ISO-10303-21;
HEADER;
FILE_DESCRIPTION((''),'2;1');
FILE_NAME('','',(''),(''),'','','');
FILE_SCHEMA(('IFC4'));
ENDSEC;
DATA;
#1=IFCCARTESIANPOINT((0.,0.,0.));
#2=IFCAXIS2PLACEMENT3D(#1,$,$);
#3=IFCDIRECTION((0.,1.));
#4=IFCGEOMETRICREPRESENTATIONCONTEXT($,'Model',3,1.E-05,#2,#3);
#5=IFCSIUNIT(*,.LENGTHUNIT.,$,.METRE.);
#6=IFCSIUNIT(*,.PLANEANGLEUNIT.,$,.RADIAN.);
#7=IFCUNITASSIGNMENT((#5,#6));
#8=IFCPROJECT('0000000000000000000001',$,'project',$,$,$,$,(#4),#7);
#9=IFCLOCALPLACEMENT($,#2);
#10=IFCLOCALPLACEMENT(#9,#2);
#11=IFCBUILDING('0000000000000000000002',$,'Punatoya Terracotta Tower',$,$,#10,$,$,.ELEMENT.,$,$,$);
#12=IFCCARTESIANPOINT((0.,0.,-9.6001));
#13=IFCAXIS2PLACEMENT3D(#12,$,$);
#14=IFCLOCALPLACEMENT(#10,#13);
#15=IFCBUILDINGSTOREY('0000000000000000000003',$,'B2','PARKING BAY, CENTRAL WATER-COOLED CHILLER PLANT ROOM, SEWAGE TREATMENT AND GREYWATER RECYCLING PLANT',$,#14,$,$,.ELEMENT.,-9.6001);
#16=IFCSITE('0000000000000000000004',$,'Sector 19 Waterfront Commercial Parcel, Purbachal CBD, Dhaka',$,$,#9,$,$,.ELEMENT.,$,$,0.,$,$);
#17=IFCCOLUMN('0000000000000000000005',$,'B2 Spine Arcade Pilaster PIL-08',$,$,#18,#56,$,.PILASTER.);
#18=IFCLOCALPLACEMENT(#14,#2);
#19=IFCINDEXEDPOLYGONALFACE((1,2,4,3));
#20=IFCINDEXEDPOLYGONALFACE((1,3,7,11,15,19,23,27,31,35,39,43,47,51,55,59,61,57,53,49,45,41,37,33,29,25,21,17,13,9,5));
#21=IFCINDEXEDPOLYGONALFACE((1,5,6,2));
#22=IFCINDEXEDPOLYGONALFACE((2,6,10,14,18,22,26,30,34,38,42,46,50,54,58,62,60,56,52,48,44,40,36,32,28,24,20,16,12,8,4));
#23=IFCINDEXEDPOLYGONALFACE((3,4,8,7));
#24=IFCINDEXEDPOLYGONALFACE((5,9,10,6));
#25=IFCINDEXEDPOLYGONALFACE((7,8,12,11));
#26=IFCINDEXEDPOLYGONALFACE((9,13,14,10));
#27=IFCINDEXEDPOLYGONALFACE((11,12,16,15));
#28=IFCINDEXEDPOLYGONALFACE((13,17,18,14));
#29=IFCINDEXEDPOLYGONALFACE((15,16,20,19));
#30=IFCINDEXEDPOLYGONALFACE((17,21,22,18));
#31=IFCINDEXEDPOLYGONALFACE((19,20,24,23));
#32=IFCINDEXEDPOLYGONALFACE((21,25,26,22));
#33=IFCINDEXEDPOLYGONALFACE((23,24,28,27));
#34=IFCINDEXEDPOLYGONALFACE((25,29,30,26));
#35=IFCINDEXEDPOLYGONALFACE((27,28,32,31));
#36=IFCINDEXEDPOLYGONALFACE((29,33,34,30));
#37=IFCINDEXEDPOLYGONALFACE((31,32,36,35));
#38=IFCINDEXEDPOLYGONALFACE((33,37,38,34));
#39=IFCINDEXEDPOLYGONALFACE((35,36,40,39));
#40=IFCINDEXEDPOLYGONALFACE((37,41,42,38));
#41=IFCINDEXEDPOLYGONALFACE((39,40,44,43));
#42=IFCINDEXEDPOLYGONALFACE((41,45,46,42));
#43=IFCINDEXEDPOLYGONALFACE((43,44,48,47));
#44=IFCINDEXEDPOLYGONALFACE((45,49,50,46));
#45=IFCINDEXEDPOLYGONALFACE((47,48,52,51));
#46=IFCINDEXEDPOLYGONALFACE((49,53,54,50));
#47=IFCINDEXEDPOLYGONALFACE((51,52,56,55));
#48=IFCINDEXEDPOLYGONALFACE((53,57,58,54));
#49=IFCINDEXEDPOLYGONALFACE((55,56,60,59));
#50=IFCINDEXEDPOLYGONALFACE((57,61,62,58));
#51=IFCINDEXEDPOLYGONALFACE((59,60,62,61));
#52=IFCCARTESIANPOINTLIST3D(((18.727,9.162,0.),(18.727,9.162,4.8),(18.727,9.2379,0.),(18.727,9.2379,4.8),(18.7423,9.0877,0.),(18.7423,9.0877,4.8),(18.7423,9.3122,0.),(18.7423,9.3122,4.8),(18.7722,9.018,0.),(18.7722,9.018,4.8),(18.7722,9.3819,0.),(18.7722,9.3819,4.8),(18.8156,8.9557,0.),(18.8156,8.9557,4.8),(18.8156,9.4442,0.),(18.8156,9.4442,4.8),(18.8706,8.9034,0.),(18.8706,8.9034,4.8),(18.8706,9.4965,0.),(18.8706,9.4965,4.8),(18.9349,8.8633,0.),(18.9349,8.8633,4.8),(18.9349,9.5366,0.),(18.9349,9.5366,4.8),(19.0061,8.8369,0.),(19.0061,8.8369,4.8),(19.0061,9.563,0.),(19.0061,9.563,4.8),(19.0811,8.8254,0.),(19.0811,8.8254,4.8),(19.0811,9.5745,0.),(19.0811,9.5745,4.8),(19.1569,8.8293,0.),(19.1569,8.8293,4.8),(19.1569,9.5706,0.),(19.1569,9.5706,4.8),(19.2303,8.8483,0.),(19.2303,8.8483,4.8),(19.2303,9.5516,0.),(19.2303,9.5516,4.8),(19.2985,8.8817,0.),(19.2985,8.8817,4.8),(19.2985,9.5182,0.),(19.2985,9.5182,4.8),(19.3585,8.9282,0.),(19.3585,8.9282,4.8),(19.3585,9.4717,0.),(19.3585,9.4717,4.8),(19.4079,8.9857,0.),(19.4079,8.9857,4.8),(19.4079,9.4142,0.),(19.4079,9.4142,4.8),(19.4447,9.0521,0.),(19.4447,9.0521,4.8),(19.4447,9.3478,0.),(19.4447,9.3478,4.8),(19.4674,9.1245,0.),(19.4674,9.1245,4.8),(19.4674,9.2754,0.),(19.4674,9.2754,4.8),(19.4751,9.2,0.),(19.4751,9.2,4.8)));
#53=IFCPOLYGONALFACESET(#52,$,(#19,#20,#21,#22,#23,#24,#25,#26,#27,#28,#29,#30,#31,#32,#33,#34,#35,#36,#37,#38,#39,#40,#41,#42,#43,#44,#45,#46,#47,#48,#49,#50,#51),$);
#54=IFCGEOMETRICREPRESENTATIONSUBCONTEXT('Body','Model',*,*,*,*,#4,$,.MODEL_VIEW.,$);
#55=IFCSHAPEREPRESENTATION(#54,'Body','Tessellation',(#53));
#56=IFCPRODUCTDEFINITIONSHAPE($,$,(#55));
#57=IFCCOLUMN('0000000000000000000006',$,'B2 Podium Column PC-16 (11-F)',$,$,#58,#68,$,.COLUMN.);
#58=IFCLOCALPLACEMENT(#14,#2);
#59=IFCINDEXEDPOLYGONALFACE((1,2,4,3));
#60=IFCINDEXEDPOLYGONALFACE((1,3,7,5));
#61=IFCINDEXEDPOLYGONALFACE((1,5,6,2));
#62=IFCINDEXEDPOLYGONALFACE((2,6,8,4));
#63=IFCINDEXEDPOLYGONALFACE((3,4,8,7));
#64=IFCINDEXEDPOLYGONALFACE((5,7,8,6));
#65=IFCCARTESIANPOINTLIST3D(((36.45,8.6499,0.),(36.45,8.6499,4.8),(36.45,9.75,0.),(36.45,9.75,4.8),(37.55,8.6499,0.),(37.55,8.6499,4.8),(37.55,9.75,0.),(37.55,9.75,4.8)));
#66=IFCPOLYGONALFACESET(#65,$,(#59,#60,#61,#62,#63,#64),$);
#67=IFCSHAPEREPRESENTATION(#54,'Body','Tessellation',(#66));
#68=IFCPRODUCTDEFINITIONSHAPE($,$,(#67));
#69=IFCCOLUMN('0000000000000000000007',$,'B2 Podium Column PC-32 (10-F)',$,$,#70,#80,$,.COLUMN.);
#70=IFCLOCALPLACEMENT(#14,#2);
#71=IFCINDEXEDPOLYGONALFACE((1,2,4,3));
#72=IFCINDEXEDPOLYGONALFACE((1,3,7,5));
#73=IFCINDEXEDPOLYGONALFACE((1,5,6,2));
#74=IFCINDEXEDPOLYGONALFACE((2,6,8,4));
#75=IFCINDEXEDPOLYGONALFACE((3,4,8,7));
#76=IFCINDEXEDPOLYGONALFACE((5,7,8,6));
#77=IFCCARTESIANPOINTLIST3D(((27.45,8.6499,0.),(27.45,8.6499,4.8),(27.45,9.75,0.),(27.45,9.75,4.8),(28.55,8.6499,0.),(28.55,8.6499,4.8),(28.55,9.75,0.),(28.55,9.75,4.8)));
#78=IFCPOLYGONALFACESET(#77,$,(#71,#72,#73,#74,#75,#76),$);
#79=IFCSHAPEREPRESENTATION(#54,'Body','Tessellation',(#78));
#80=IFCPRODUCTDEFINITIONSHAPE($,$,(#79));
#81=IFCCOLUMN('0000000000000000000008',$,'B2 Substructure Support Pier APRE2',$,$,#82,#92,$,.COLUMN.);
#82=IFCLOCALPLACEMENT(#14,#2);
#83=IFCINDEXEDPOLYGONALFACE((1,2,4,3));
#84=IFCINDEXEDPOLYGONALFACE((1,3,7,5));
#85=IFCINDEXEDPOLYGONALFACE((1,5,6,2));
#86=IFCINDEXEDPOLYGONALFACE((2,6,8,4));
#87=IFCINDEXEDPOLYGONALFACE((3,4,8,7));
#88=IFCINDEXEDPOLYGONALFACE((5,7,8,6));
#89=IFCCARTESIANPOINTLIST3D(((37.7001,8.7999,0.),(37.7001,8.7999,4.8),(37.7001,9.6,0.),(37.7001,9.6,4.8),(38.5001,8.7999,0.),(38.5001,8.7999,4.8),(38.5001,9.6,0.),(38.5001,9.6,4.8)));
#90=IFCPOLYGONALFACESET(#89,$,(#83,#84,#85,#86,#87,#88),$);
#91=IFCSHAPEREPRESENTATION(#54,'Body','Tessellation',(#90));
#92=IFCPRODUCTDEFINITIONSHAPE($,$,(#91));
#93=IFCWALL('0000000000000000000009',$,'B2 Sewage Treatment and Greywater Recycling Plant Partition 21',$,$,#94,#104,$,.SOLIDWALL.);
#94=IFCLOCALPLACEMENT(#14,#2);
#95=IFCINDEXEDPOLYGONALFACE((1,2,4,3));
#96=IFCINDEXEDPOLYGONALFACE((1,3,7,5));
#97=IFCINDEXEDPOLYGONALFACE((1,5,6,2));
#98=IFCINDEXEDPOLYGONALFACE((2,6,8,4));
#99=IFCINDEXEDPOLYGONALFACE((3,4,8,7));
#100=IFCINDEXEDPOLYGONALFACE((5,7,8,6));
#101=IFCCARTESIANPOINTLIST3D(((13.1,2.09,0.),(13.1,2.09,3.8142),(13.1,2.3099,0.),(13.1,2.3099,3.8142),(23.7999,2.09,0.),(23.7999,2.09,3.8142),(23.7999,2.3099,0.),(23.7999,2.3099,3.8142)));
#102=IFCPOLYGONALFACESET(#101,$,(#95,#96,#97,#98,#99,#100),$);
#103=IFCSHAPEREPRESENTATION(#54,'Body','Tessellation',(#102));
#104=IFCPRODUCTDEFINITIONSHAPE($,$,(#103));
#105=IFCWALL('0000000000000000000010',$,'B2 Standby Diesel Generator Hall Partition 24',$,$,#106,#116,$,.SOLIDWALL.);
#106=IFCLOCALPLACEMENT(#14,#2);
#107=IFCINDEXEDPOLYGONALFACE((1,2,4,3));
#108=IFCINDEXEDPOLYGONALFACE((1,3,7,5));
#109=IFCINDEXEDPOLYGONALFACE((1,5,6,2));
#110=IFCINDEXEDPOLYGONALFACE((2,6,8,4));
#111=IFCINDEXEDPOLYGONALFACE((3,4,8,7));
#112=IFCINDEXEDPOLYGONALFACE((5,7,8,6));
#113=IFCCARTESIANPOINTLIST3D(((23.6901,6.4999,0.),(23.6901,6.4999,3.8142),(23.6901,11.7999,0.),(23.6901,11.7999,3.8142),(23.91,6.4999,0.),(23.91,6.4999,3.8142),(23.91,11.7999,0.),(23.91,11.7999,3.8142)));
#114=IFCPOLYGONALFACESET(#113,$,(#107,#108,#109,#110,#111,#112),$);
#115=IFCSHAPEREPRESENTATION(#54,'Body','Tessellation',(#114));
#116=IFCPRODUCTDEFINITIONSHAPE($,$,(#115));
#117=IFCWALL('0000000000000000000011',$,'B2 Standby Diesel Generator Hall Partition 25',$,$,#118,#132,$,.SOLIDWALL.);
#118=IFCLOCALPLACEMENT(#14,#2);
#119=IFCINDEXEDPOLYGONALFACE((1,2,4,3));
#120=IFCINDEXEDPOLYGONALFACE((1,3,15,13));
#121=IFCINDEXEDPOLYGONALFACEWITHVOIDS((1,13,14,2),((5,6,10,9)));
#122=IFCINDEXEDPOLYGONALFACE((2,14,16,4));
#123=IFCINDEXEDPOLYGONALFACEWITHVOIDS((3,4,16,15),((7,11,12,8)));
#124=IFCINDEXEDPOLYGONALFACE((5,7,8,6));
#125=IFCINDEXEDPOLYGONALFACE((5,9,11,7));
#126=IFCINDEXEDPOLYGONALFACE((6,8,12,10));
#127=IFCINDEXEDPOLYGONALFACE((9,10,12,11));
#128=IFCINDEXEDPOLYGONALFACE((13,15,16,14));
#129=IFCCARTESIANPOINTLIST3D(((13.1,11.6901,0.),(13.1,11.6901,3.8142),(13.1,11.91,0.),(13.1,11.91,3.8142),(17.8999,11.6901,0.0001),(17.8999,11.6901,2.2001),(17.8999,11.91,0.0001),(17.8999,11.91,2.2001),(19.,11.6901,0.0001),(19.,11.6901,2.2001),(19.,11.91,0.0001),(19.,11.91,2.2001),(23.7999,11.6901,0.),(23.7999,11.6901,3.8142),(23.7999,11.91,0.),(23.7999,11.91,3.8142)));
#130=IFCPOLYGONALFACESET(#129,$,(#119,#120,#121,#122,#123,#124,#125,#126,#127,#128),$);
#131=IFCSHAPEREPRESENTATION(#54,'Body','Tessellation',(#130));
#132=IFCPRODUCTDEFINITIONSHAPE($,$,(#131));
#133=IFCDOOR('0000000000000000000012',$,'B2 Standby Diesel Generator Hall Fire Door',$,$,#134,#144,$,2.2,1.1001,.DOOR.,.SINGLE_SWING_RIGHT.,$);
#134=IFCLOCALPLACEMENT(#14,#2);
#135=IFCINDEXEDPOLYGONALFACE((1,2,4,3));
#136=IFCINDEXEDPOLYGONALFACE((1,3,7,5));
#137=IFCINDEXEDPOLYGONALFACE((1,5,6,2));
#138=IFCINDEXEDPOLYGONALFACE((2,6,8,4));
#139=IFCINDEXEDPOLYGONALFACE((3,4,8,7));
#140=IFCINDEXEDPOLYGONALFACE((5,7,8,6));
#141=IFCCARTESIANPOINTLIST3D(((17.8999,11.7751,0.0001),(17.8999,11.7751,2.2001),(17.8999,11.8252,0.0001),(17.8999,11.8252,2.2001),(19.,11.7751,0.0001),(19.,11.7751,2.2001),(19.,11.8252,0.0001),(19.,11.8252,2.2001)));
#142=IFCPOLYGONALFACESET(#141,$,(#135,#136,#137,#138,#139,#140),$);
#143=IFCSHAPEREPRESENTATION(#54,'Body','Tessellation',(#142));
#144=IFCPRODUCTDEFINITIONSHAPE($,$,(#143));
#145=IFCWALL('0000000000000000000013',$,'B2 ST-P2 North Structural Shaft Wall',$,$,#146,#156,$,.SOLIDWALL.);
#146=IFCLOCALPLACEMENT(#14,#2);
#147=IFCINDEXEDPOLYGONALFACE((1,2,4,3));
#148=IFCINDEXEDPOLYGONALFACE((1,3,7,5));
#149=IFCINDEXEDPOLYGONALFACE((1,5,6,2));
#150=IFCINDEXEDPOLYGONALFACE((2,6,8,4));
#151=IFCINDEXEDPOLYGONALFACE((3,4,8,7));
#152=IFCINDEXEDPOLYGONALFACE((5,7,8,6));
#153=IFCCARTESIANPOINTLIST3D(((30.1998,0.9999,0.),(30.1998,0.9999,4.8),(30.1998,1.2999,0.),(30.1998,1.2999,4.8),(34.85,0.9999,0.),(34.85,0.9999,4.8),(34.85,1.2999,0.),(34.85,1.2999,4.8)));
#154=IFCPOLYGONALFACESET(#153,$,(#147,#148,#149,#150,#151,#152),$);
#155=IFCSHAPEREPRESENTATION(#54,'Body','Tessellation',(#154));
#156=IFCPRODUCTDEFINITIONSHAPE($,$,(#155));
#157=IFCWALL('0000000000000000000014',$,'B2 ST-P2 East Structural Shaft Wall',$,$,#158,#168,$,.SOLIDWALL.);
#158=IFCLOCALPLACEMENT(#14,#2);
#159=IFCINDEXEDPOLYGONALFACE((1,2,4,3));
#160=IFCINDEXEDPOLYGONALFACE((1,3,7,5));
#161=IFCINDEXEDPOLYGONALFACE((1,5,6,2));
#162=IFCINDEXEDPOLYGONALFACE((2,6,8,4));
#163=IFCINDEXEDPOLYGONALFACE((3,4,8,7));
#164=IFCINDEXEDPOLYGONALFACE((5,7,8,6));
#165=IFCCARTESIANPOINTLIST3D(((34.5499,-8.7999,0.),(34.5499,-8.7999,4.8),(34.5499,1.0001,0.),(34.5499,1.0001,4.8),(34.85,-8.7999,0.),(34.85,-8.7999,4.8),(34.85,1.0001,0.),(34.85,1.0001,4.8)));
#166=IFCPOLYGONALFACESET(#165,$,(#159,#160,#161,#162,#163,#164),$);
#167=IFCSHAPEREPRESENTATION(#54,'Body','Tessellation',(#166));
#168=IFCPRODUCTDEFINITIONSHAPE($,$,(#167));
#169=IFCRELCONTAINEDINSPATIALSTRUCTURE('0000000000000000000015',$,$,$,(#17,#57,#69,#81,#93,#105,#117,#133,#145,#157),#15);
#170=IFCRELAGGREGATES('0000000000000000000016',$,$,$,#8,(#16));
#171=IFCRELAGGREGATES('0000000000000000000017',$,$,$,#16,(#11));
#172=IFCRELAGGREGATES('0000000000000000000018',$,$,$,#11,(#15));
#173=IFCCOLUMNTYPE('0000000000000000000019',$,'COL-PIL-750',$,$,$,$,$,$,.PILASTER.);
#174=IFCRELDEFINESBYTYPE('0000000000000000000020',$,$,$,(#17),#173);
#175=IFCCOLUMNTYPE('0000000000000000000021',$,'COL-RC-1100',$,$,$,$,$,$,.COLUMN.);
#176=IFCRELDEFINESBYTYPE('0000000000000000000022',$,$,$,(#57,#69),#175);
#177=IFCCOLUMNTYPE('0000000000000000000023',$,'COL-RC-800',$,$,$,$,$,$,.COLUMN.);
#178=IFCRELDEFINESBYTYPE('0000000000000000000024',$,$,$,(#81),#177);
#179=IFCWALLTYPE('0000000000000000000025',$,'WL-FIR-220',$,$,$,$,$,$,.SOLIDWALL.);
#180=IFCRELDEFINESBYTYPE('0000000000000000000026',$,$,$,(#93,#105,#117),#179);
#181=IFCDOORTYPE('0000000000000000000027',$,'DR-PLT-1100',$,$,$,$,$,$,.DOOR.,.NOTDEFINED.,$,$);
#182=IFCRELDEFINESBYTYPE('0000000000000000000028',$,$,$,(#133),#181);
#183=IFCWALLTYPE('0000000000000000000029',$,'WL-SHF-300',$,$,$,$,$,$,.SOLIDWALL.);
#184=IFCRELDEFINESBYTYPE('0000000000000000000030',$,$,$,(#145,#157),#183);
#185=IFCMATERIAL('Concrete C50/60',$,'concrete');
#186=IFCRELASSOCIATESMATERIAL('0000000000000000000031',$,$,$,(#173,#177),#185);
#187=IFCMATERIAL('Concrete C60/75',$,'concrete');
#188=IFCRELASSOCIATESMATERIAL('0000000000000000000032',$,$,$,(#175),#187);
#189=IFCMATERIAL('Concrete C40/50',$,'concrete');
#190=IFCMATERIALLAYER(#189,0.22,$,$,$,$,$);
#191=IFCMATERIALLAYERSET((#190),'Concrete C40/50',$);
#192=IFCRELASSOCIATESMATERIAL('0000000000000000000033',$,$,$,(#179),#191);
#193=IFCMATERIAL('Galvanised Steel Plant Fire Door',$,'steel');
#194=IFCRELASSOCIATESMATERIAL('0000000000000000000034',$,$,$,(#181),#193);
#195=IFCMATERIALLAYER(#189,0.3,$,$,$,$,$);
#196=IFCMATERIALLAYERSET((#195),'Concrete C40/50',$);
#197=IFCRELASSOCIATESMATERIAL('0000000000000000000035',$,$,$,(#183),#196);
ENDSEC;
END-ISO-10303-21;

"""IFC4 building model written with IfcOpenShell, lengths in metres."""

from ifc_helpers import new_model, si_unit, direction, frame, frame_2d, origin, origin_2d, place, context, subcontext, project, spatial, rectangle, circle, extrude, material, layer, layer_set, material_profile, profile_set, type_object, element, fill, save


model = new_model("IFC4")

# Units and contexts
model_context = context("Model", 3, precision=1e-05, world=origin(), true_north=direction((0.0, 1.0)))
body_context = subcontext(model_context, "Body", "Model", "MODEL_VIEW")
ifc_project = project(units=[si_unit("LENGTHUNIT", "METRE"), si_unit("PLANEANGLEUNIT", "RADIAN")], contexts=[model_context])

# Site, building, storey
site_placement = place(None, origin())
site = spatial("IfcSite", under=ifc_project, at=site_placement, Name="Sector 19 Waterfront Commercial Parcel, Purbachal CBD, Dhaka", CompositionType="ELEMENT", RefElevation=0.0)
building_placement = place(site_placement, origin())
building = spatial("IfcBuilding", under=site, at=building_placement, Name="Punatoya Terracotta Tower", CompositionType="ELEMENT")
storey_placement = place(building_placement, frame((0.0, 0.0, -9.6001)))
storey = spatial("IfcBuildingStorey", under=building, at=storey_placement, Name="B2", Description="PARKING BAY, CENTRAL WATER-COOLED CHILLER PLANT ROOM, SEWAGE TREATMENT AND GREYWATER RECYCLING PLANT", CompositionType="ELEMENT", Elevation=-9.6001)

# Columns
ifc_material_1 = material(Name="Concrete C50/60", Category="concrete")
ifc_material_profile_1 = material_profile(ifc_material_1, circle(Radius=0.375, at=origin_2d()))
ifc_profile_set_1 = profile_set([ifc_material_profile_1], Name="Concrete C50/60")
column_type_1 = type_object("IfcColumnType", Name="COL-PIL-750", PredefinedType="PILASTER", material=ifc_profile_set_1)
column_1_placement = place(storey_placement, frame((19.1001, 9.2, 0.0), z_axis=(0.0, 0.0, 1.0), x_axis=(1.0, 0.0, 0.0)))
element("IfcColumn", 1, at=column_1_placement, inside=storey, type_object=column_type_1, Name="B2 Spine Arcade Pilaster PIL-08", PredefinedType="PILASTER", context=body_context, shape_type="SweptSolid", body=[
    extrude(circle(Radius=0.375, at=origin_2d()), origin(), (0.0, 0.0, 1.0), 4.8),
])
ifc_material_2 = material(Name="Concrete C60/75", Category="concrete")
ifc_material_profile_2 = material_profile(ifc_material_2, rectangle(XDim=1.1001, YDim=1.1001, at=origin_2d()))
ifc_profile_set_2 = profile_set([ifc_material_profile_2], Name="Concrete C60/75")
column_type_2 = type_object("IfcColumnType", Name="COL-RC-1100", PredefinedType="COLUMN", material=ifc_profile_set_2)
for number, where, z_axis, x_axis, name in (
    (2, (37.0, 9.2, 0.0), (0.0, 0.0, 1.0), (1.0, 0.0, 0.0), "B2 Podium Column PC-16 (11-F)"),
    (3, (28.0, 9.2, 0.0), (0.0, 0.0, 1.0), (1.0, 0.0, 0.0), "B2 Podium Column PC-32 (10-F)"),
):
    element("IfcColumn", number, at=place(storey_placement, frame(where, z_axis=z_axis, x_axis=x_axis)), inside=storey, type_object=column_type_2, Name=name, PredefinedType="COLUMN", context=body_context, shape_type="SweptSolid", body=[
        extrude(rectangle(XDim=1.1001, YDim=1.1001, at=origin_2d()), origin(), (0.0, 0.0, 1.0), 4.8),
    ])
ifc_material_profile_3 = material_profile(ifc_material_1, rectangle(XDim=0.8, YDim=0.8, at=origin_2d()))
ifc_profile_set_3 = profile_set([ifc_material_profile_3], Name="Concrete C50/60")
column_type_3 = type_object("IfcColumnType", Name="COL-RC-800", PredefinedType="COLUMN", material=ifc_profile_set_3)
column_2_placement = place(storey_placement, frame((38.1001, 9.2, 0.0), z_axis=(0.0, 0.0, 1.0), x_axis=(1.0, 0.0, 0.0)))
element("IfcColumn", 4, at=column_2_placement, inside=storey, type_object=column_type_3, Name="B2 Substructure Support Pier APRE2", PredefinedType="COLUMN", context=body_context, shape_type="SweptSolid", body=[
    extrude(rectangle(XDim=0.8, YDim=0.8, at=origin_2d()), origin(), (0.0, 0.0, 1.0), 4.8),
])

# Walls
ifc_material_3 = material(Name="Concrete C40/50", Category="concrete")
ifc_layer_1 = layer(ifc_material_3, 0.22)
ifc_layer_set_1 = layer_set([ifc_layer_1], Name="Concrete C40/50")
wall_type_1 = type_object("IfcWallType", Name="WL-FIR-220", PredefinedType="SOLIDWALL", material=ifc_layer_set_1)
wall_1_placement = place(storey_placement, frame((23.8, 2.2, 0.0), z_axis=(0.0, 0.0, 1.0), x_axis=(-1.0, 0.0, 0.0)))
element("IfcWall", 5, at=wall_1_placement, inside=storey, type_object=wall_type_1, Name="B2 Sewage Treatment and Greywater Recycling Plant Partition 21", PredefinedType="SOLIDWALL", context=body_context, shape_type="SweptSolid", body=[
    extrude(rectangle(XDim=10.7, YDim=0.22, at=frame_2d((5.3501, 0.0))), origin(), (0.0, 0.0, 1.0), 3.8142),
])
wall_2_placement = place(storey_placement, frame((23.8, 6.5, 0.0), z_axis=(0.0, 0.0, 1.0), x_axis=(0.0, 1.0, 0.0)))
element("IfcWall", 6, at=wall_2_placement, inside=storey, type_object=wall_type_1, Name="B2 Standby Diesel Generator Hall Partition 24", PredefinedType="SOLIDWALL", context=body_context, shape_type="SweptSolid", body=[
    extrude(rectangle(XDim=5.3, YDim=0.22, at=frame_2d((2.6499, 0.0))), origin(), (0.0, 0.0, 1.0), 3.8142),
])

# Wall, opening, door
wall_3_placement = place(storey_placement, frame((23.8, 11.8, 0.0), z_axis=(0.0, 0.0, 1.0), x_axis=(-1.0, 0.0, 0.0)))
wall_3 = element("IfcWall", 7, at=wall_3_placement, inside=storey, type_object=wall_type_1, Name="B2 Standby Diesel Generator Hall Partition 25", PredefinedType="SOLIDWALL", context=body_context, shape_type="SweptSolid", body=[
    extrude(rectangle(XDim=10.7, YDim=0.22, at=frame_2d((5.3501, 0.0))), origin(), (0.0, 0.0, 1.0), 3.8142),
])
opening_placement = place(wall_3_placement, frame((4.8, 0.0, 0.0)))
opening = element("IfcOpeningElement", 8, at=opening_placement, cuts=wall_3, PredefinedType="OPENING", context=body_context, shape_type="SweptSolid", body=[
    extrude(rectangle(XDim=1.1001, YDim=2.2, at=frame_2d((0.55, 1.1001))), frame((0.0, 0.1199, 0.0), z_axis=(0.0, -1.0, 0.0), x_axis=(1.0, 0.0, 0.0)), (0.0, 0.0, 1.0), 0.24),
])
ifc_material_4 = material(Name="Galvanised Steel Plant Fire Door", Category="steel")
door_type = type_object("IfcDoorType", Name="DR-PLT-1100", OperationType="NOTDEFINED", PredefinedType="DOOR", material=ifc_material_4)
door_placement = place(opening_placement, origin())
door = element("IfcDoor", 9, at=door_placement, inside=storey, type_object=door_type, Name="B2 Standby Diesel Generator Hall Fire Door", OperationType="SINGLE_SWING_RIGHT", OverallHeight=2.2, OverallWidth=1.1001, PredefinedType="DOOR", context=body_context, shape_type="SweptSolid", body=[
    extrude(rectangle(XDim=1.1001, YDim=2.2, at=frame_2d((0.55, 1.1001))), frame((0.0, 0.0249, 0.0), z_axis=(0.0, -1.0, 0.0), x_axis=(1.0, 0.0, 0.0)), (0.0, 0.0, 1.0), 0.05),
])
fill(opening, door)

# Walls
ifc_layer_2 = layer(ifc_material_3, 0.3)
ifc_layer_set_2 = layer_set([ifc_layer_2], Name="Concrete C40/50")
wall_type_2 = type_object("IfcWallType", Name="WL-SHF-300", PredefinedType="SOLIDWALL", material=ifc_layer_set_2)
wall_4_placement = place(storey_placement, frame((34.8501, 1.1499, 0.0), z_axis=(0.0, 0.0, 1.0), x_axis=(-1.0, 0.0, 0.0)))
element("IfcWall", 10, at=wall_4_placement, inside=storey, type_object=wall_type_2, Name="B2 ST-P2 North Structural Shaft Wall", PredefinedType="SOLIDWALL", context=body_context, shape_type="SweptSolid", body=[
    extrude(rectangle(XDim=4.6501, YDim=0.3, at=frame_2d((2.3252, 0.0))), origin(), (0.0, 0.0, 1.0), 4.8),
])
wall_5_placement = place(storey_placement, frame((34.7, 1.0, 0.0), z_axis=(0.0, 0.0, 1.0), x_axis=(0.0, -1.0, 0.0)))
element("IfcWall", 11, at=wall_5_placement, inside=storey, type_object=wall_type_2, Name="B2 ST-P2 East Structural Shaft Wall", PredefinedType="SOLIDWALL", context=body_context, shape_type="SweptSolid", body=[
    extrude(rectangle(XDim=9.8, YDim=0.3, at=frame_2d((4.8999, 0.0))), origin(), (0.0, 0.0, 1.0), 4.8),
])

save(model, "model.ifc")
